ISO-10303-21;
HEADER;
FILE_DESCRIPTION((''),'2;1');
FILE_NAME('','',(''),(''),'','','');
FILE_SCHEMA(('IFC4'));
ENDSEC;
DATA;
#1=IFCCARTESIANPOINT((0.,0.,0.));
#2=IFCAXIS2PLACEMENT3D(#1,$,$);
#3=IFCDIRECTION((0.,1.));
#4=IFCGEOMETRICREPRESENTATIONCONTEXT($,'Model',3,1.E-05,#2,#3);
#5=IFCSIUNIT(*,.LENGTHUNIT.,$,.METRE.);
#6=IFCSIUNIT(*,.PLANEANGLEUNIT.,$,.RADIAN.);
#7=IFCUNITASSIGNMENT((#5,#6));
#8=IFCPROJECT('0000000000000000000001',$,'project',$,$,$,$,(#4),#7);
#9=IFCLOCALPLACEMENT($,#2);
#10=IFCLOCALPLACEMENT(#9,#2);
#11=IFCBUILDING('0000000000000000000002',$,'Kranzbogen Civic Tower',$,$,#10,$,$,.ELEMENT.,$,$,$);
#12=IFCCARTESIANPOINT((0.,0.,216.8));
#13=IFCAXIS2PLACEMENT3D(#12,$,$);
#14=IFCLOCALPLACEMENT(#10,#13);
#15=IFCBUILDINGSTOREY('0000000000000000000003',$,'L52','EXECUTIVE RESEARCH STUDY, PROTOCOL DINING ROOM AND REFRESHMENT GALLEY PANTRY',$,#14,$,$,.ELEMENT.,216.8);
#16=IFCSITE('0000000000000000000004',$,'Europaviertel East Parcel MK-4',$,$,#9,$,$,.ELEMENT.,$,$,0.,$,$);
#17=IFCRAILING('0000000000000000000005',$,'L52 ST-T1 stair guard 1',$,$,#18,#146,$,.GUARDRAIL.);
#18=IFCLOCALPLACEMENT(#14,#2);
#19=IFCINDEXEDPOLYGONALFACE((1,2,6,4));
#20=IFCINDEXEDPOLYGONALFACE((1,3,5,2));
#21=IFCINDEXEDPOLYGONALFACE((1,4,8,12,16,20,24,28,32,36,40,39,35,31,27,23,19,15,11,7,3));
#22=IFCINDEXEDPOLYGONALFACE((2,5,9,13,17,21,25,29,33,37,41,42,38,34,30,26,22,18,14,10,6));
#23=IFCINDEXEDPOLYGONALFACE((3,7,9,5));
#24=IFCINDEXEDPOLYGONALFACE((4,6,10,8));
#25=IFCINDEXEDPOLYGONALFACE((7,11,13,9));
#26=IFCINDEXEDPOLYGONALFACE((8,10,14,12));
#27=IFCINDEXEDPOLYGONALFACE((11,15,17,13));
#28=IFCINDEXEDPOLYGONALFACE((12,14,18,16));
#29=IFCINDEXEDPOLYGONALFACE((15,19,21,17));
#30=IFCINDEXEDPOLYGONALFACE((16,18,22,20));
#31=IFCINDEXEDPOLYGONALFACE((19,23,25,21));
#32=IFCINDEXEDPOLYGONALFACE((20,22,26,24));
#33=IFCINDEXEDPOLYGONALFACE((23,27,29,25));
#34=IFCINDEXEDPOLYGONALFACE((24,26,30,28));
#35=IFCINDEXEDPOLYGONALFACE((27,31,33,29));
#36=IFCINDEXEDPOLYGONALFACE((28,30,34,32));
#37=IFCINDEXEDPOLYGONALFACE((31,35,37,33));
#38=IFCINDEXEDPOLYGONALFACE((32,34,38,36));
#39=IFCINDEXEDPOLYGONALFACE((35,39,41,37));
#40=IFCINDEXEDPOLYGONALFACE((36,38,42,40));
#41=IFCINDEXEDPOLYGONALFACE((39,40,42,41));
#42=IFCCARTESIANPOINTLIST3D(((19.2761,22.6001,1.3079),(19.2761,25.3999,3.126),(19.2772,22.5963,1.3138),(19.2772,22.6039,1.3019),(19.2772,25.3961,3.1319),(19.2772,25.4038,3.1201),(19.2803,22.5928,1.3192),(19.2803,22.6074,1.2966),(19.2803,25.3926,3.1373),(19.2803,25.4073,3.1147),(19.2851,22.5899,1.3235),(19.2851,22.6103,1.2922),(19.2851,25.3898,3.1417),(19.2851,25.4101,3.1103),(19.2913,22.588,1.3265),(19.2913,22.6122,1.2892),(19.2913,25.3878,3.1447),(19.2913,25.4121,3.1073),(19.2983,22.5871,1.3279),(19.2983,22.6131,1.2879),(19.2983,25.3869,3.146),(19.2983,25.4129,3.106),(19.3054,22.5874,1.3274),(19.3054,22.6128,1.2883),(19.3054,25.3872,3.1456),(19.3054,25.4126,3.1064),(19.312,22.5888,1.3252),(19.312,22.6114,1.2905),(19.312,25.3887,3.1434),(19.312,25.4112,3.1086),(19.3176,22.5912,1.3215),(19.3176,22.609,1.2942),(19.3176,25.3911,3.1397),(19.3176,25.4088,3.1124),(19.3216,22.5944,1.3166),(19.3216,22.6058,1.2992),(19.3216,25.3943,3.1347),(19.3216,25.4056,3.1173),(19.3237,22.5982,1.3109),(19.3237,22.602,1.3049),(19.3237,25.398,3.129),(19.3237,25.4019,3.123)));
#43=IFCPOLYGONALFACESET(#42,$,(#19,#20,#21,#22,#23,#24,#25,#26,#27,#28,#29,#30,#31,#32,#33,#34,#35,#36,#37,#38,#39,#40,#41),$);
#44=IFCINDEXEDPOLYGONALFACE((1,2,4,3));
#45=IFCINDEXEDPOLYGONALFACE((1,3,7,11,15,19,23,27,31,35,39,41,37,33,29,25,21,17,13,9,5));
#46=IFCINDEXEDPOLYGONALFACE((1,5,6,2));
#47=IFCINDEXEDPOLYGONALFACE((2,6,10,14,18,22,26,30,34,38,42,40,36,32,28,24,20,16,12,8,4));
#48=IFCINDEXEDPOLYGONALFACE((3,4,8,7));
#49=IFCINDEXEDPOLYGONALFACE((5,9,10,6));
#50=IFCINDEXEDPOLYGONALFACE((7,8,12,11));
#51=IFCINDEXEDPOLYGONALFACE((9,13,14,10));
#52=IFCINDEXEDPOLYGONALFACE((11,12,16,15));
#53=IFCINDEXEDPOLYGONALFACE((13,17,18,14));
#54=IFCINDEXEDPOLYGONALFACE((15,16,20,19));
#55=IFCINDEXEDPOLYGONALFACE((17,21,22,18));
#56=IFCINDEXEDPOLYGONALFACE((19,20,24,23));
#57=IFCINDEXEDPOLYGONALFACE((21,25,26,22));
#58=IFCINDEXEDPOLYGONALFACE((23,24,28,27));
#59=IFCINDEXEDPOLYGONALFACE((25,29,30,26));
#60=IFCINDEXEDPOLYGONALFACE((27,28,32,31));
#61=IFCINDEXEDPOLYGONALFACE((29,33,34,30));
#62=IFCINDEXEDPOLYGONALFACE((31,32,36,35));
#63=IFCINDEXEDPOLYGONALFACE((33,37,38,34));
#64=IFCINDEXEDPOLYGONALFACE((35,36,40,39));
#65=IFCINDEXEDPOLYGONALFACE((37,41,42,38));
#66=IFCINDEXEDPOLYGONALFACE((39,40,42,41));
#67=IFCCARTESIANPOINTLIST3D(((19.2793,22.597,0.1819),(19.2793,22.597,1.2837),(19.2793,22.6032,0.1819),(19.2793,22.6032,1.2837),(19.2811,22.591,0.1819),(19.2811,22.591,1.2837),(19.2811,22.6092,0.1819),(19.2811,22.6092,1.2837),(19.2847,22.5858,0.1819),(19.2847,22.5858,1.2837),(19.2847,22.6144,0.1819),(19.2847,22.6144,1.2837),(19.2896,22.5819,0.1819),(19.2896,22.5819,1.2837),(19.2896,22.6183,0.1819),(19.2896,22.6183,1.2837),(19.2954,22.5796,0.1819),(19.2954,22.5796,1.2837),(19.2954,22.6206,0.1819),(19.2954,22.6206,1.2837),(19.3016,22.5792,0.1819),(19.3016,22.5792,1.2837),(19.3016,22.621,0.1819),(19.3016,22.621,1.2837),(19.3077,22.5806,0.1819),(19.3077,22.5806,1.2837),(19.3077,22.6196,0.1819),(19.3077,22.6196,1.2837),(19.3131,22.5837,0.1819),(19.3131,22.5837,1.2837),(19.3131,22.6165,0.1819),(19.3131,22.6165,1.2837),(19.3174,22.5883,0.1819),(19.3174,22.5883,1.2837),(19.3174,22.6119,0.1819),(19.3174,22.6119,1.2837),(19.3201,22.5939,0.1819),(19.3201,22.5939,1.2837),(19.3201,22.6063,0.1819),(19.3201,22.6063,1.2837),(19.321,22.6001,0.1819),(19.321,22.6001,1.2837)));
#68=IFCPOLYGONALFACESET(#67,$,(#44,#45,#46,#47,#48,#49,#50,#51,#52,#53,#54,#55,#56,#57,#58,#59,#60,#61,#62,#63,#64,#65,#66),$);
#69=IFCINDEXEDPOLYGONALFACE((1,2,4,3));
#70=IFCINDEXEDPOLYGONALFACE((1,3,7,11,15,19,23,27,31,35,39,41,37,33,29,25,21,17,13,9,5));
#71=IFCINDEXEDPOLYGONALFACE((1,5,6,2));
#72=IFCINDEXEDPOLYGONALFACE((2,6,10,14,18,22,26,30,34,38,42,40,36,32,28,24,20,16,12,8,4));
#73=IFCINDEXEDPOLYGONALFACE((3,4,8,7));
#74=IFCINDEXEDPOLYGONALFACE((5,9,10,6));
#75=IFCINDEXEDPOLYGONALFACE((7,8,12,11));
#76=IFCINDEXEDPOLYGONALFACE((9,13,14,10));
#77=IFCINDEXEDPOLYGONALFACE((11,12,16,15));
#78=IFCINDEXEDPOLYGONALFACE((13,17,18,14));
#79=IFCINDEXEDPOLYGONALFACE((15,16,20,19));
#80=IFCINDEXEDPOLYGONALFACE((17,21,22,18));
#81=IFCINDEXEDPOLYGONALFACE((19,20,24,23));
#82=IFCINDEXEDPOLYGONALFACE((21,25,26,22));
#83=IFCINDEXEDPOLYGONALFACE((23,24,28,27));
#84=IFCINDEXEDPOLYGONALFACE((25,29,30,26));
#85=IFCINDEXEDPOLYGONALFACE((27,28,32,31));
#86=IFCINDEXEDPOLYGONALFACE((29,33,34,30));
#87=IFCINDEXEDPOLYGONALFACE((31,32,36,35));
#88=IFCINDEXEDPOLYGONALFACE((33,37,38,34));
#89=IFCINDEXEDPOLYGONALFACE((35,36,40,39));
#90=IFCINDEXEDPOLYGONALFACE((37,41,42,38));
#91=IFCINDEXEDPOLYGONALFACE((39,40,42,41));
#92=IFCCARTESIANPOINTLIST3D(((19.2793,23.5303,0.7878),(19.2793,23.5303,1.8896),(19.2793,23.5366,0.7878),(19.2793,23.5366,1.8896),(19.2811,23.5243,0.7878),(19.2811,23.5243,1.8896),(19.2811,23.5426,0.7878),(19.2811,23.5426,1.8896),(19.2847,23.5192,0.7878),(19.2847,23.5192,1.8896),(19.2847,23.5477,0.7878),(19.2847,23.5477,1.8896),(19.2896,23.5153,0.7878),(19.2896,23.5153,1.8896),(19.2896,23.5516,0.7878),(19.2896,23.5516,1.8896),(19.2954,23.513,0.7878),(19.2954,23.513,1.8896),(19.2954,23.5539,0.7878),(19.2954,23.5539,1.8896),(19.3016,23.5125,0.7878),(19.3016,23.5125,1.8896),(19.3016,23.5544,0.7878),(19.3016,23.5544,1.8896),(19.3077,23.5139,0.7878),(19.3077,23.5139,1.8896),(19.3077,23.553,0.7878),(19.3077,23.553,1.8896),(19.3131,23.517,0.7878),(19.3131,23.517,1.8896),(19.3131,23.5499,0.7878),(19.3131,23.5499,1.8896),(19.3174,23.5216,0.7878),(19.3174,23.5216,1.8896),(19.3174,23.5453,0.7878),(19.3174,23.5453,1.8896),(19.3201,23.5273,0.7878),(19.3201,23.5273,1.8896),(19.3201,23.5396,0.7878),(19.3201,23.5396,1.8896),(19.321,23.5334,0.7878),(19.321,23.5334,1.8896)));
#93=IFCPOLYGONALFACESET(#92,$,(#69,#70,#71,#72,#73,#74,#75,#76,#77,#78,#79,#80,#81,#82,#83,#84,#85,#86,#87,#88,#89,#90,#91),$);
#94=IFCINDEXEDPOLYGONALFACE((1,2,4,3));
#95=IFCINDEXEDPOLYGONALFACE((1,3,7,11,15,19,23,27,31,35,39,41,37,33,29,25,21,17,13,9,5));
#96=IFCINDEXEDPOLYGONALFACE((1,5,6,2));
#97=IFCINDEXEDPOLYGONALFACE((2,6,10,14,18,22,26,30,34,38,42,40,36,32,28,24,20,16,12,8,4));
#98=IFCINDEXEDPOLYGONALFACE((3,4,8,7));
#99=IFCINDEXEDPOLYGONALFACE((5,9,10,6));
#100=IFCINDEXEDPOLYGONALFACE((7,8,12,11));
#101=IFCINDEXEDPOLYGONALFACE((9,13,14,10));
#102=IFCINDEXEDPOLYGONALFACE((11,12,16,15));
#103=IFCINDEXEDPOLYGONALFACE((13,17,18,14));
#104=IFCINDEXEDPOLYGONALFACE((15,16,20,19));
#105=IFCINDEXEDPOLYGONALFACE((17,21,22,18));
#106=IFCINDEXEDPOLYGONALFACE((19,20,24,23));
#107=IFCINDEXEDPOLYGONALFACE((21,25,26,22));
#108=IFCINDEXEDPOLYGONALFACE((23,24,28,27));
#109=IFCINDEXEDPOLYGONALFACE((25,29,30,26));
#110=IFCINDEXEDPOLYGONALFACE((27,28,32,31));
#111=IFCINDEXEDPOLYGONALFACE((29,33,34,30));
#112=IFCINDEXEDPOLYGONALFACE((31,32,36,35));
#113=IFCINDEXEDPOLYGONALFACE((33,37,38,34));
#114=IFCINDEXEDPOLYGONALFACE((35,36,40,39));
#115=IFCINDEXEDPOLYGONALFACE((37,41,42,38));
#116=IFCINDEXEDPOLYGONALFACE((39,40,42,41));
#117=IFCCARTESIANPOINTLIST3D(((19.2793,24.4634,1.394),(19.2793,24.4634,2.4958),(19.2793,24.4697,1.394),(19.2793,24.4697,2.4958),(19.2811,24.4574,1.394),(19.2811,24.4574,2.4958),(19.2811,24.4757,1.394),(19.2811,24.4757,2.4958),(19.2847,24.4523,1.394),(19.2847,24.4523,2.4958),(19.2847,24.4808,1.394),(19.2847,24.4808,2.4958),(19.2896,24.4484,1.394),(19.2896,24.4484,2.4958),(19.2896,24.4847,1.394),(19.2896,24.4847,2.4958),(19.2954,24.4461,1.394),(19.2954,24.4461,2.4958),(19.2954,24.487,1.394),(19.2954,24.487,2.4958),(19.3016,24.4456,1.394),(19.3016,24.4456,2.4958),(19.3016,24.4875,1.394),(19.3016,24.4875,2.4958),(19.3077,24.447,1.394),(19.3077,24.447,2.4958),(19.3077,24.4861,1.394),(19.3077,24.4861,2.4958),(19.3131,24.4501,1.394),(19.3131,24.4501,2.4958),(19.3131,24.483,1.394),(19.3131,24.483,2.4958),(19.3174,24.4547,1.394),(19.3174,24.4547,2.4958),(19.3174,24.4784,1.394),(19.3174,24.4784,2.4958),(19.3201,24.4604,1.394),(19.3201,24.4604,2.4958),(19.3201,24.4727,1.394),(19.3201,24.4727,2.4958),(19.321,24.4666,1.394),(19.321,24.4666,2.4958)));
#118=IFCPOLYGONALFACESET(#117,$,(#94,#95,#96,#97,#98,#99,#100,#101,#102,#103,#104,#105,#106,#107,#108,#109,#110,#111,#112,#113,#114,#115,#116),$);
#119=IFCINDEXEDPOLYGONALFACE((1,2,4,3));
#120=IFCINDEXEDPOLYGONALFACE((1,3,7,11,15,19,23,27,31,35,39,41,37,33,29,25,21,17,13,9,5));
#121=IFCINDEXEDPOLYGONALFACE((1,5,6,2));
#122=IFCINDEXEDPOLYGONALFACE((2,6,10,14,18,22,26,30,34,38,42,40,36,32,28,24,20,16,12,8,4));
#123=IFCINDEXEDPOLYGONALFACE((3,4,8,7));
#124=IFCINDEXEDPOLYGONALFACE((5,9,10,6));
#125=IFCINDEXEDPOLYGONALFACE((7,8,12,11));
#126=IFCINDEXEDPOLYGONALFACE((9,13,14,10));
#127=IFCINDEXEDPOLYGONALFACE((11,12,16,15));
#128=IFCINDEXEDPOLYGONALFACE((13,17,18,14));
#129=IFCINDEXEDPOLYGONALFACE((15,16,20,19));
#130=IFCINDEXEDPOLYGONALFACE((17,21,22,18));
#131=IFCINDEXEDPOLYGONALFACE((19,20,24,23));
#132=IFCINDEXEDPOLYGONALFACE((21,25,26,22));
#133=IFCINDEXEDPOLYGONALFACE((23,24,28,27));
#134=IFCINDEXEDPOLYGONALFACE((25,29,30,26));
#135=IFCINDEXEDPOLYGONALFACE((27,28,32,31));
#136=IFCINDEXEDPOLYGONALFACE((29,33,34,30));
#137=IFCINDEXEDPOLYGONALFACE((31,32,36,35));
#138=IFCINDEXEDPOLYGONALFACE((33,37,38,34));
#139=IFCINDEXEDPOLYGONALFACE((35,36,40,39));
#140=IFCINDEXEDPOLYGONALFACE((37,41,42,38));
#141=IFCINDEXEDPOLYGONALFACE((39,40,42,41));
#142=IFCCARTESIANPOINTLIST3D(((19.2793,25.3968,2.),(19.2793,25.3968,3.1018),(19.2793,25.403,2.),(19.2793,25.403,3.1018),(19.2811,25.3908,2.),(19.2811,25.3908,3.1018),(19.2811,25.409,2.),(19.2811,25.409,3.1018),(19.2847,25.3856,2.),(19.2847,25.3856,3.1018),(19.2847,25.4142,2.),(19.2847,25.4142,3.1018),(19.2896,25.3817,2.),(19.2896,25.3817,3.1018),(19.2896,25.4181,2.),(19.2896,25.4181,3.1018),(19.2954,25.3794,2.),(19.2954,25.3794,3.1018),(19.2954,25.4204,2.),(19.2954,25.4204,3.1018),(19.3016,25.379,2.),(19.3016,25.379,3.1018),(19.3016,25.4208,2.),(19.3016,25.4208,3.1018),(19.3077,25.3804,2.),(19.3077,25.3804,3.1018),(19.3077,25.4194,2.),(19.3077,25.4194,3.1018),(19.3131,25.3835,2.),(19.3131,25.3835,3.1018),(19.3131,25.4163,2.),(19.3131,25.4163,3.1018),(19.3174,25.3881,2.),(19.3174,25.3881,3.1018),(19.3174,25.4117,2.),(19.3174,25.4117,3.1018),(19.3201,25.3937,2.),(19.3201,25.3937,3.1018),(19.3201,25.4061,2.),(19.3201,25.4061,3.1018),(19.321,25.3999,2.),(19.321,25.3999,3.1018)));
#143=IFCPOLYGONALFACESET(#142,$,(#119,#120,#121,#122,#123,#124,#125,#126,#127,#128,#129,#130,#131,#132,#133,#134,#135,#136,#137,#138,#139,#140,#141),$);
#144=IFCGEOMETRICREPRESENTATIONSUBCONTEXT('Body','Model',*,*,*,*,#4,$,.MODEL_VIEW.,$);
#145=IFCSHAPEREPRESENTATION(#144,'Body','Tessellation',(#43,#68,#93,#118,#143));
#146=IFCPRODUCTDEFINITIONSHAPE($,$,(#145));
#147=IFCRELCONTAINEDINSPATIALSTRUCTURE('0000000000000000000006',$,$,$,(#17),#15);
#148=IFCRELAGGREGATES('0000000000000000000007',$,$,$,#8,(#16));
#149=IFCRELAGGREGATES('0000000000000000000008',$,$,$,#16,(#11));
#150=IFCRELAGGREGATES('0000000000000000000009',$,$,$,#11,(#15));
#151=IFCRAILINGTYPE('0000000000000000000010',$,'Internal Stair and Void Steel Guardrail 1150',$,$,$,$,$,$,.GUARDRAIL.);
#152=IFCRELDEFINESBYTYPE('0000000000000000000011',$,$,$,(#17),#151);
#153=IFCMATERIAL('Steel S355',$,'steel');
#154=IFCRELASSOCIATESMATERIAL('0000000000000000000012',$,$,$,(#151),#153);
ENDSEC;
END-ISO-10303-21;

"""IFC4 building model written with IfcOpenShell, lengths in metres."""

from ifc_helpers import new_model, si_unit, direction, frame, origin, origin_2d, place, context, subcontext, project, spatial, circle, extrude, material, type_object, element, save


model = new_model("IFC4")

# Units and contexts
model_context = context("Model", 3, precision=1e-05, world=origin(), true_north=direction((0.0, 1.0)))
body_context = subcontext(model_context, "Body", "Model", "MODEL_VIEW")
ifc_project = project(units=[si_unit("LENGTHUNIT", "METRE"), si_unit("PLANEANGLEUNIT", "RADIAN")], contexts=[model_context])

# Site, building, storey
site_placement = place(None, origin())
site = spatial("IfcSite", under=ifc_project, at=site_placement, Name="Europaviertel East Parcel MK-4", CompositionType="ELEMENT", RefElevation=0.0)
building_placement = place(site_placement, origin())
building = spatial("IfcBuilding", under=site, at=building_placement, Name="Kranzbogen Civic Tower", CompositionType="ELEMENT")
storey_placement = place(building_placement, frame((0.0, 0.0, 216.8)))
storey = spatial("IfcBuildingStorey", under=building, at=storey_placement, Name="L52", Description="EXECUTIVE RESEARCH STUDY, PROTOCOL DINING ROOM AND REFRESHMENT GALLEY PANTRY", CompositionType="ELEMENT", Elevation=216.8)

# Shared definitions
ifc_material_1 = material(Name="Steel S355", Category="steel")

# Railing
railing_type = type_object("IfcRailingType", Name="Internal Stair and Void Steel Guardrail 1150", PredefinedType="GUARDRAIL", material=ifc_material_1)
railing_1_placement = place(storey_placement, frame((19.3, 22.6001, 0.1819)))
element("IfcRailing", 1, at=railing_1_placement, inside=storey, type_object=railing_type, Name="L52 ST-T1 stair guard 1", PredefinedType="GUARDRAIL", context=body_context, shape_type="SweptSolid", body=[
    extrude(circle(Radius=0.0239, at=origin_2d()), frame((0.0, 0.0, 1.126), z_axis=(0.0, 0.838684, 0.544618), x_axis=(-1.0, 0.0, 0.0)), (0.0, 0.0, 1.0), 3.3384),
    extrude(circle(Radius=0.021, at=origin_2d()), origin(), (0.0, 0.0, 1.0), 1.1018),
    extrude(circle(Radius=0.021, at=origin_2d()), frame((0.0, 0.9333, 0.606)), (0.0, 0.0, 1.0), 1.1018),
    extrude(circle(Radius=0.021, at=origin_2d()), frame((0.0, 1.8665, 1.2122)), (0.0, 0.0, 1.0), 1.1018),
    extrude(circle(Radius=0.021, at=origin_2d()), frame((0.0, 2.7998, 1.8181)), (0.0, 0.0, 1.0), 1.1018),
])

save(model, "model.ifc")
